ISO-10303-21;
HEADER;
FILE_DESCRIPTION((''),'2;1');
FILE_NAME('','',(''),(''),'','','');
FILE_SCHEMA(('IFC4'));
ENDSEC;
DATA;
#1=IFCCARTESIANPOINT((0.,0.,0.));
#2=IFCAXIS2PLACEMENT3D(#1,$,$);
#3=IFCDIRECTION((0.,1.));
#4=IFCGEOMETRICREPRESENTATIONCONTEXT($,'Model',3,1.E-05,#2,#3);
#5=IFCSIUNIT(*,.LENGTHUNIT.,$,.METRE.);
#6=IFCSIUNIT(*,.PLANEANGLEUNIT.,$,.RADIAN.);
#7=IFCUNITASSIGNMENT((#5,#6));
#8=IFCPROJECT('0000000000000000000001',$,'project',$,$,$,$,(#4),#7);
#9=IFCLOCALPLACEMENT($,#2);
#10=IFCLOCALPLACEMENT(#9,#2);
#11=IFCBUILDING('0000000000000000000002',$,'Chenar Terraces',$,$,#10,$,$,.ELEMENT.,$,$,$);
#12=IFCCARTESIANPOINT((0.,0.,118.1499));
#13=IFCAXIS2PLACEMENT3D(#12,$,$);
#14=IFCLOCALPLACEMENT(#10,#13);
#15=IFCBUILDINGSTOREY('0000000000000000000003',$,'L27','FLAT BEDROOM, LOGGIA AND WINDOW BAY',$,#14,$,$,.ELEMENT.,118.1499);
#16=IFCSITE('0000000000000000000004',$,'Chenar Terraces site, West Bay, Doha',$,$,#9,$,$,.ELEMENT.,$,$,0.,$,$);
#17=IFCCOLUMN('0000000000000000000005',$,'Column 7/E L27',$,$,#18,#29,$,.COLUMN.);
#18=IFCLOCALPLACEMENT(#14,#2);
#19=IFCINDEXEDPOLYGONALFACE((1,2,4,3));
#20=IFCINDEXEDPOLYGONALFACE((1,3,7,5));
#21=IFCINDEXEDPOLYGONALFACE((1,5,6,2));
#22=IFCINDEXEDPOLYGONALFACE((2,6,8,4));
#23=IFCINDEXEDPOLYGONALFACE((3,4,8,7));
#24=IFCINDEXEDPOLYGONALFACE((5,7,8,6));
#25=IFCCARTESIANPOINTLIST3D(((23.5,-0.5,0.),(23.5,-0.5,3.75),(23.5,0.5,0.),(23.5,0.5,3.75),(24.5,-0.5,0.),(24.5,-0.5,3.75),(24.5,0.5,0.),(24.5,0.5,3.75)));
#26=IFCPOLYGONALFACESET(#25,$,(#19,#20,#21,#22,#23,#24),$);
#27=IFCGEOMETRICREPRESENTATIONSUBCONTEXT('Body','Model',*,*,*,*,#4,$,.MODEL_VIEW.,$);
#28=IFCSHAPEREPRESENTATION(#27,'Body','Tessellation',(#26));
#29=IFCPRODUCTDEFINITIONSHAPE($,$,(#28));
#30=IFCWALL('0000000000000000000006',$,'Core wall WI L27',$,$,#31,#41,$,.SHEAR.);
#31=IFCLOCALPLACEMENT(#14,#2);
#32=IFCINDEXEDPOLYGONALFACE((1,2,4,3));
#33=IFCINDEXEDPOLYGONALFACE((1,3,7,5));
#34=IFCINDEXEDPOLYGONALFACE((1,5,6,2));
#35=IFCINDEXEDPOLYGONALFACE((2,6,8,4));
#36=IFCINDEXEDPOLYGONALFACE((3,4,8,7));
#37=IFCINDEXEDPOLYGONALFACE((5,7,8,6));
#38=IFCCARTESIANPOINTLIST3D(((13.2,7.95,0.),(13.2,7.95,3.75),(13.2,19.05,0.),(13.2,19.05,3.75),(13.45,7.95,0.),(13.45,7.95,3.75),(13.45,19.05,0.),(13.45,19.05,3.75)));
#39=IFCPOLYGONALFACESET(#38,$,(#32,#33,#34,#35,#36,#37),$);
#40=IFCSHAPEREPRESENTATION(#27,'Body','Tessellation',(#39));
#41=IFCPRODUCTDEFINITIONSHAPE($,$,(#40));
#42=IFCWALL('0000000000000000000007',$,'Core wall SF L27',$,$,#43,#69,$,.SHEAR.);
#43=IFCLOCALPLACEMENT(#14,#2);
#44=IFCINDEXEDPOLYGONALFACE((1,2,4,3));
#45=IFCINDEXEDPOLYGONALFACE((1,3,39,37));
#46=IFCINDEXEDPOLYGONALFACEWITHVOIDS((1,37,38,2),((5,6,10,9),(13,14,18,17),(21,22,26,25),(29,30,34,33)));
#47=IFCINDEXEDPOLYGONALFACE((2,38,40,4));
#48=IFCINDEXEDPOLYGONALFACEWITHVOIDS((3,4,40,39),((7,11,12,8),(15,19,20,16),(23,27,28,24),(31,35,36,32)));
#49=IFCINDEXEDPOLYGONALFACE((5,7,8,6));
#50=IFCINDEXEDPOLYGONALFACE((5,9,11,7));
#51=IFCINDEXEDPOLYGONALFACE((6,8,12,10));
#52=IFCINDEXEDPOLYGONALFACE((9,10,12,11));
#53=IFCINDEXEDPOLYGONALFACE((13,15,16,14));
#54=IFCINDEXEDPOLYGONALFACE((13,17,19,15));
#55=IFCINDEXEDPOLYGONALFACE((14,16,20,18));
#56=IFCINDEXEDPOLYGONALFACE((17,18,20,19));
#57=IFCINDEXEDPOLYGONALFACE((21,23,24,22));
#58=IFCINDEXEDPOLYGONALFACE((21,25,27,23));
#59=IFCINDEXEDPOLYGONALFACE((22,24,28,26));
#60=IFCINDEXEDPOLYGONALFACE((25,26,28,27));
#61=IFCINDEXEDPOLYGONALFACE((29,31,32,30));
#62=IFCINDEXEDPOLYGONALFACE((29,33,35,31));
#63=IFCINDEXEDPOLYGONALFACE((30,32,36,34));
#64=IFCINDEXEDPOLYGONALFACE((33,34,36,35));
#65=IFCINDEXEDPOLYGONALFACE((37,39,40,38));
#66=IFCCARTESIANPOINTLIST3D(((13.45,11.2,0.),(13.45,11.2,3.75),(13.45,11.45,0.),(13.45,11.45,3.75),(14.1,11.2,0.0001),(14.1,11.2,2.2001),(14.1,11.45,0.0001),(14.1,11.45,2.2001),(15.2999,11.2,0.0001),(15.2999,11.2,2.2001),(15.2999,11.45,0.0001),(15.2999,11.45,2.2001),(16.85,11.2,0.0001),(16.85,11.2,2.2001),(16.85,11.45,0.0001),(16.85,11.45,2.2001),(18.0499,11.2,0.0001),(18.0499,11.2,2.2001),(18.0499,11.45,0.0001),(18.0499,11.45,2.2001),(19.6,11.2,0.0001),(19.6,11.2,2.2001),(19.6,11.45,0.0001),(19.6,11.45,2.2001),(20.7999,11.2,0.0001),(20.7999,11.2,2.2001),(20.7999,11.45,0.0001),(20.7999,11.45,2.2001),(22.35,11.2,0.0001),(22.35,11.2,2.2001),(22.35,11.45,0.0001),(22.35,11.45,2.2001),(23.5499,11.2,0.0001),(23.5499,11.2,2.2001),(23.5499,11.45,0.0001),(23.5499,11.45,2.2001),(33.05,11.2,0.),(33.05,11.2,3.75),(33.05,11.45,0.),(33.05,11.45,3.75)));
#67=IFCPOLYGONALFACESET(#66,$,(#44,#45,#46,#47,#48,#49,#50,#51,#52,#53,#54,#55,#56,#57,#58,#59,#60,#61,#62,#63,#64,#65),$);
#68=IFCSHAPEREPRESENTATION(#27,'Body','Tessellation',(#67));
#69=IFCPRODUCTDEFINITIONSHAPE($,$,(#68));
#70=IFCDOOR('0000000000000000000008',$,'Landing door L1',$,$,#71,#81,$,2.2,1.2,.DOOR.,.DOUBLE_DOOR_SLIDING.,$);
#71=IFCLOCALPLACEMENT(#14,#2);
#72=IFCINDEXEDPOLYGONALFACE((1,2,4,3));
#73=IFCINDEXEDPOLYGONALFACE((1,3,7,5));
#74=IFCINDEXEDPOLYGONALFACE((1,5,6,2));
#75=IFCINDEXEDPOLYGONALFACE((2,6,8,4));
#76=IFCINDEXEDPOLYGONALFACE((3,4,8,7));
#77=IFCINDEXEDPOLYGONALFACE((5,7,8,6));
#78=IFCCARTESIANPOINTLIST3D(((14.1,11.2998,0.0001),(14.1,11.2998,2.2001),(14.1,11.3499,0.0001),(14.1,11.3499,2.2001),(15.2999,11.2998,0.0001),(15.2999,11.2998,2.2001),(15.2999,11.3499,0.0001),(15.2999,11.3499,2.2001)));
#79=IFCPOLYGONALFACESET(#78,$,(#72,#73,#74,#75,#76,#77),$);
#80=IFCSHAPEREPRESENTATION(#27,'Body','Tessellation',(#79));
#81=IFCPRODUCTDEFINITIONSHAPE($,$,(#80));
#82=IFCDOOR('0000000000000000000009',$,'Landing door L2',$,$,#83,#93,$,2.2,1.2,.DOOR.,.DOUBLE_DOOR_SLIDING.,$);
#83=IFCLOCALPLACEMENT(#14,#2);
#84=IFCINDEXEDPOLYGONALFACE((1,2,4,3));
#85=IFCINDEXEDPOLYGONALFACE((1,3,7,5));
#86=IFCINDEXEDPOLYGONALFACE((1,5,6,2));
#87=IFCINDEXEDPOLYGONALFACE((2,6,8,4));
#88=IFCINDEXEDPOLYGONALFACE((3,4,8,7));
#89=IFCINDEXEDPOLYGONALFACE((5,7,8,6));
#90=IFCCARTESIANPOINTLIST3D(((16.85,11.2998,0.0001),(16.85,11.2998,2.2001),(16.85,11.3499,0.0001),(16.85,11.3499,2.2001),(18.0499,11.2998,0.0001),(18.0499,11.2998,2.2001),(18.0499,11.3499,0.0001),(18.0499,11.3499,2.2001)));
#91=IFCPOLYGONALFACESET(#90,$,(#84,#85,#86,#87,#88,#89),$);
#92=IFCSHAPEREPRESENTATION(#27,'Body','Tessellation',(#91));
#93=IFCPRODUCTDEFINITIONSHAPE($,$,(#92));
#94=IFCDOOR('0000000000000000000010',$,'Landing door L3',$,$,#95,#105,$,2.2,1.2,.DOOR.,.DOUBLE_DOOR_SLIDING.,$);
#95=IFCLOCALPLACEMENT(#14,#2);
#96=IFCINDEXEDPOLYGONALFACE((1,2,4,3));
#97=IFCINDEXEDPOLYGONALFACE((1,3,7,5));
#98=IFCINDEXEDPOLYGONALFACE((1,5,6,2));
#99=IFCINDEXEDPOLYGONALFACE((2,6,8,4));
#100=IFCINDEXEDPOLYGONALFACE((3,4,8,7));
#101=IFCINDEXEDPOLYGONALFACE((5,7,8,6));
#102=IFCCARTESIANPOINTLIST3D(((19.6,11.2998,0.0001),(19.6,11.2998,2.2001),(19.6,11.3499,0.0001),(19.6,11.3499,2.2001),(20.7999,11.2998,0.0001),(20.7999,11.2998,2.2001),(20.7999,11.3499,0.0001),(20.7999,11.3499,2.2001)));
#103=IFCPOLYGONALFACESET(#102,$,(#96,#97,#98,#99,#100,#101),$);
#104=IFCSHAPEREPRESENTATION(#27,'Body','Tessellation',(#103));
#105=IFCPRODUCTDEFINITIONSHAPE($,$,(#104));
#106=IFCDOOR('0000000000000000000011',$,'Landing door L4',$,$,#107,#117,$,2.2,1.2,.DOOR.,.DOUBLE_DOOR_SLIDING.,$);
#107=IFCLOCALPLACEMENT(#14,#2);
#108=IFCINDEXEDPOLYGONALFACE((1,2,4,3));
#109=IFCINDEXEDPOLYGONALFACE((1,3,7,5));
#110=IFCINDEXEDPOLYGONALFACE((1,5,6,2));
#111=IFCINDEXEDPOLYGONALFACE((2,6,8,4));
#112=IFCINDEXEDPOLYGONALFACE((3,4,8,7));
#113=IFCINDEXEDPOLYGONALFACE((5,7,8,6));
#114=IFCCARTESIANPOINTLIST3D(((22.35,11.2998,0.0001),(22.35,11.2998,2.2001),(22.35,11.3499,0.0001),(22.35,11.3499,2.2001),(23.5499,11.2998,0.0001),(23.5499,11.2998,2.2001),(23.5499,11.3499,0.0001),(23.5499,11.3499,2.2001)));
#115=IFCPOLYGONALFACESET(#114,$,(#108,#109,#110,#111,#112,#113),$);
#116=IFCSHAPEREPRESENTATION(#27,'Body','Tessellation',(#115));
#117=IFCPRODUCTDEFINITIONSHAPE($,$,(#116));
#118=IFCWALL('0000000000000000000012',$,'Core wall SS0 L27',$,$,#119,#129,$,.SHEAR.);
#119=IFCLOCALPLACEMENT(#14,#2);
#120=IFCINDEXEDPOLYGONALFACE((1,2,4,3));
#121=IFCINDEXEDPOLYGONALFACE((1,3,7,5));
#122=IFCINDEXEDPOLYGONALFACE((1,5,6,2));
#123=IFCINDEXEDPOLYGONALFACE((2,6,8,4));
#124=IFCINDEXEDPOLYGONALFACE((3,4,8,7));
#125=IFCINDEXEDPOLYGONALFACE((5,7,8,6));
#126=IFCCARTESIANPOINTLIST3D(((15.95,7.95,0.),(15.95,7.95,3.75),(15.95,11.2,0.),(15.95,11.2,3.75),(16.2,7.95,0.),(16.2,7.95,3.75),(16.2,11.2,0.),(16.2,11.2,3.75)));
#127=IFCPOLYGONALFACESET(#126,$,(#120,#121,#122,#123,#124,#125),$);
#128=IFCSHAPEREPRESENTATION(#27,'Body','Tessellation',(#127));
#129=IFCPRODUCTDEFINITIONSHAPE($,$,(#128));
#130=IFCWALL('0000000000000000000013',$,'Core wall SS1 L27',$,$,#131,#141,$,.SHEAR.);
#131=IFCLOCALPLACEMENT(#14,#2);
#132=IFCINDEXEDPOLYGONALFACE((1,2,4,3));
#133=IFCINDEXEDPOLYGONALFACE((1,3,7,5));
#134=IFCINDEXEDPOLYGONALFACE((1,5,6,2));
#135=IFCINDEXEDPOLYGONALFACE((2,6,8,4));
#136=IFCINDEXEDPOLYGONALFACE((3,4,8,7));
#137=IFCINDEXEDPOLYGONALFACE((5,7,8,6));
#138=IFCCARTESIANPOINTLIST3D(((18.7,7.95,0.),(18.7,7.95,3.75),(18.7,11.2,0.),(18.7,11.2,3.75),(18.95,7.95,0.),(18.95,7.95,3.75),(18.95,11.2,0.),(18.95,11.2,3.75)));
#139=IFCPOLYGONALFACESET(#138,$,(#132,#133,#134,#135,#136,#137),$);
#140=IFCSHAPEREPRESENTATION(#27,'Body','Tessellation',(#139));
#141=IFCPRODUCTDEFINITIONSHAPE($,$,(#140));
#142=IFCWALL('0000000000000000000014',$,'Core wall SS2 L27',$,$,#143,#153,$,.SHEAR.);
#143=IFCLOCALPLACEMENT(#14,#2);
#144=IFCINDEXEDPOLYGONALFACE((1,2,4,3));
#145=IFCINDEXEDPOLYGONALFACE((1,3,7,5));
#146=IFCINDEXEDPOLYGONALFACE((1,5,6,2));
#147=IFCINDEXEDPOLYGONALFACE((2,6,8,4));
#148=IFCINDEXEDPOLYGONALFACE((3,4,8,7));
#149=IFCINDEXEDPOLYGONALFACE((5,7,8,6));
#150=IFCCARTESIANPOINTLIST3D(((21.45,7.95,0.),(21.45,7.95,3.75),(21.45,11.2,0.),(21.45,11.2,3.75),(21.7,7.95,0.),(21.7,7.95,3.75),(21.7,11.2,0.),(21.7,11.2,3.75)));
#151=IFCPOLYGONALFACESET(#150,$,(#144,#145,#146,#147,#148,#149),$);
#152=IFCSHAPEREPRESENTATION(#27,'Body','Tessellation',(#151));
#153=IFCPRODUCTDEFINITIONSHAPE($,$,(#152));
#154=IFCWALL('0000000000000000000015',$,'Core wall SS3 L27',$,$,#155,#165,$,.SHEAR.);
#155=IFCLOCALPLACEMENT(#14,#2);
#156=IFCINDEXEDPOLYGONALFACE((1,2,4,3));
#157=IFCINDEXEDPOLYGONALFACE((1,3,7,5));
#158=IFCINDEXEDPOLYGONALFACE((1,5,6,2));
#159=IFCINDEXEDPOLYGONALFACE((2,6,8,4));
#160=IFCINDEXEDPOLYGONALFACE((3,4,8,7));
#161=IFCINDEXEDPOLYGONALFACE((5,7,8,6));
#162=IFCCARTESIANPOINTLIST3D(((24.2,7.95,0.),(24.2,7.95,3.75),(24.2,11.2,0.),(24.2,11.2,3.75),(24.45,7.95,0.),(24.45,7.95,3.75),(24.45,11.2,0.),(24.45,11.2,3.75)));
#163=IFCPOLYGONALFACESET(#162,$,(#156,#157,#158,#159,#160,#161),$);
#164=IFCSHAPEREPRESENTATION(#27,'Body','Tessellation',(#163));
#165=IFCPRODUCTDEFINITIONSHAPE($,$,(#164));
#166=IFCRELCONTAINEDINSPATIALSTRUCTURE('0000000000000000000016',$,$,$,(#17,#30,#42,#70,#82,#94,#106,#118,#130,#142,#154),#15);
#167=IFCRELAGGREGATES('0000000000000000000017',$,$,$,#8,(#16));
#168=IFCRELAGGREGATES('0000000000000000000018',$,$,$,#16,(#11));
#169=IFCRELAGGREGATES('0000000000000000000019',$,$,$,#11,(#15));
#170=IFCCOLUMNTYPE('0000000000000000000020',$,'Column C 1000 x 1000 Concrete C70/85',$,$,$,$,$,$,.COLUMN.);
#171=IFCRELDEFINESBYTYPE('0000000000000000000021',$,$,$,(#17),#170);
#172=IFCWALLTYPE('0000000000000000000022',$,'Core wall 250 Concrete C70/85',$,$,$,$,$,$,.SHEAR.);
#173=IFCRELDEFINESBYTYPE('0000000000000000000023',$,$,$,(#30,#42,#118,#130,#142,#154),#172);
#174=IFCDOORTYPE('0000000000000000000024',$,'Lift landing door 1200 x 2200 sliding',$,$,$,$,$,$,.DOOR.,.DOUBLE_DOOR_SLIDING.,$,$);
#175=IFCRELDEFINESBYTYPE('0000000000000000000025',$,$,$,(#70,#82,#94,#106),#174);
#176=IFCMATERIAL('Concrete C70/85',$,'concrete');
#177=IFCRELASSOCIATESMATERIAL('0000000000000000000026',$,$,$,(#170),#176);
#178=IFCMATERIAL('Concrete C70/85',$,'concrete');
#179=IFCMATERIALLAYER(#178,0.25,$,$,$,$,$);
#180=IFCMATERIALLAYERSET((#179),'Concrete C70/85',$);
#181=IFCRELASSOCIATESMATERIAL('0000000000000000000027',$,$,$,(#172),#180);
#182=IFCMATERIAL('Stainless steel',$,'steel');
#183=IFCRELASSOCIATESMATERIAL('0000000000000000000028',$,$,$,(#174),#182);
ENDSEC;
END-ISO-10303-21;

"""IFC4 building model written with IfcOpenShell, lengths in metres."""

from ifc_helpers import new_model, si_unit, direction, frame, frame_2d, origin, origin_2d, place, context, subcontext, project, spatial, rectangle, extrude, material, layer, layer_set, material_profile, profile_set, type_object, element, fill, save


model = new_model("IFC4")

# Units and contexts
model_context = context("Model", 3, precision=1e-05, world=origin(), true_north=direction((0.0, 1.0)))
body_context = subcontext(model_context, "Body", "Model", "MODEL_VIEW")
ifc_project = project(units=[si_unit("LENGTHUNIT", "METRE"), si_unit("PLANEANGLEUNIT", "RADIAN")], contexts=[model_context])

# Site, building, storey
site_placement = place(None, origin())
site = spatial("IfcSite", under=ifc_project, at=site_placement, Name="Chenar Terraces site, West Bay, Doha", CompositionType="ELEMENT", RefElevation=0.0)
building_placement = place(site_placement, origin())
building = spatial("IfcBuilding", under=site, at=building_placement, Name="Chenar Terraces", CompositionType="ELEMENT")
storey_placement = place(building_placement, frame((0.0, 0.0, 118.1499)))
storey = spatial("IfcBuildingStorey", under=building, at=storey_placement, Name="L27", Description="FLAT BEDROOM, LOGGIA AND WINDOW BAY", CompositionType="ELEMENT", Elevation=118.1499)

# Column
ifc_material_1 = material(Name="Concrete C70/85", Category="concrete")
ifc_material_profile = material_profile(ifc_material_1, rectangle(XDim=1.0, YDim=1.0, at=origin_2d()), Name="C 1000 x 1000")
ifc_profile_set = profile_set([ifc_material_profile], Name="Concrete C70/85")
column_type = type_object("IfcColumnType", Name="Column C 1000 x 1000 Concrete C70/85", PredefinedType="COLUMN", material=ifc_profile_set)
column_placement = place(storey_placement, frame((24.0, 0.0, 0.0), z_axis=(0.0, 0.0, 1.0), x_axis=(1.0, 0.0, 0.0)))
element("IfcColumn", 1, at=column_placement, inside=storey, type_object=column_type, Name="Column 7/E L27", PredefinedType="COLUMN", context=body_context, shape_type="SweptSolid", body=[
    extrude(rectangle(XDim=1.0, YDim=1.0, at=origin_2d()), origin(), (0.0, 0.0, 1.0), 3.75),
])

# Wall
ifc_material_2 = material(Name="Concrete C70/85", Category="concrete")
ifc_layer_1 = layer(ifc_material_2, 0.25)
ifc_layer_set_1 = layer_set([ifc_layer_1], Name="Concrete C70/85")
wall_type_1 = type_object("IfcWallType", Name="Core wall 250 Concrete C70/85", PredefinedType="SHEAR", material=ifc_layer_set_1)
wall_1_placement = place(storey_placement, frame((13.325, 7.95, 0.0), z_axis=(0.0, 0.0, 1.0), x_axis=(0.0, 1.0, 0.0)))
element("IfcWall", 2, at=wall_1_placement, inside=storey, type_object=wall_type_1, Name="Core wall WI L27", PredefinedType="SHEAR", context=body_context, shape_type="SweptSolid", body=[
    extrude(rectangle(XDim=11.1001, YDim=0.25, at=frame_2d((5.55, 0.0))), origin(), (0.0, 0.0, 1.0), 3.75),
])

# Wall, openings, doors
wall_2_placement = place(storey_placement, frame((13.45, 11.325, 0.0), z_axis=(0.0, 0.0, 1.0), x_axis=(1.0, 0.0, 0.0)))
wall_2 = element("IfcWall", 3, at=wall_2_placement, inside=storey, type_object=wall_type_1, Name="Core wall SF L27", PredefinedType="SHEAR", context=body_context, shape_type="SweptSolid", body=[
    extrude(rectangle(XDim=19.6001, YDim=0.25, at=frame_2d((9.8, 0.0))), origin(), (0.0, 0.0, 1.0), 3.75),
])
opening_1_placement = place(wall_2_placement, frame((0.6499, 0.0, 0.0)))
opening_1 = element("IfcOpeningElement", 4, at=opening_1_placement, cuts=wall_2, PredefinedType="OPENING", context=body_context, shape_type="SweptSolid", body=[
    extrude(rectangle(XDim=1.2, YDim=2.2, at=frame_2d((0.6001, 1.1001))), frame((0.0, 0.135, 0.0), z_axis=(0.0, -1.0, 0.0), x_axis=(1.0, 0.0, 0.0)), (0.0, 0.0, 1.0), 0.27),
])
opening_2_placement = place(wall_2_placement, frame((3.3999, 0.0, 0.0)))
opening_2 = element("IfcOpeningElement", 5, at=opening_2_placement, cuts=wall_2, PredefinedType="OPENING", context=body_context, shape_type="SweptSolid", body=[
    extrude(rectangle(XDim=1.2, YDim=2.2, at=frame_2d((0.6001, 1.1001))), frame((0.0, 0.135, 0.0), z_axis=(0.0, -1.0, 0.0), x_axis=(1.0, 0.0, 0.0)), (0.0, 0.0, 1.0), 0.27),
])
opening_3_placement = place(wall_2_placement, frame((6.1499, 0.0, 0.0)))
opening_3 = element("IfcOpeningElement", 6, at=opening_3_placement, cuts=wall_2, PredefinedType="OPENING", context=body_context, shape_type="SweptSolid", body=[
    extrude(rectangle(XDim=1.2, YDim=2.2, at=frame_2d((0.6001, 1.1001))), frame((0.0, 0.135, 0.0), z_axis=(0.0, -1.0, 0.0), x_axis=(1.0, 0.0, 0.0)), (0.0, 0.0, 1.0), 0.27),
])
opening_4_placement = place(wall_2_placement, frame((8.8999, 0.0, 0.0)))
opening_4 = element("IfcOpeningElement", 7, at=opening_4_placement, cuts=wall_2, PredefinedType="OPENING", context=body_context, shape_type="SweptSolid", body=[
    extrude(rectangle(XDim=1.2, YDim=2.2, at=frame_2d((0.6001, 1.1001))), frame((0.0, 0.135, 0.0), z_axis=(0.0, -1.0, 0.0), x_axis=(1.0, 0.0, 0.0)), (0.0, 0.0, 1.0), 0.27),
])
ifc_material_3 = material(Name="Stainless steel", Category="steel")
door_type_1 = type_object("IfcDoorType", Name="Lift landing door 1200 x 2200 sliding", OperationType="DOUBLE_DOOR_SLIDING", PredefinedType="DOOR", material=ifc_material_3)
door_1_placement = place(opening_1_placement, origin())
door_1 = element("IfcDoor", 8, at=door_1_placement, inside=storey, type_object=door_type_1, Name="Landing door L1", OperationType="DOUBLE_DOOR_SLIDING", OverallHeight=2.2, OverallWidth=1.2, PredefinedType="DOOR", context=body_context, shape_type="SweptSolid", body=[
    extrude(rectangle(XDim=1.2, YDim=2.2, at=frame_2d((0.6001, 1.1001))), frame((0.0, 0.0249, 0.0), z_axis=(0.0, -1.0, 0.0), x_axis=(1.0, 0.0, 0.0)), (0.0, 0.0, 1.0), 0.05),
])
fill(opening_1, door_1)
door_2_placement = place(opening_2_placement, origin())
door_2 = element("IfcDoor", 9, at=door_2_placement, inside=storey, type_object=door_type_1, Name="Landing door L2", OperationType="DOUBLE_DOOR_SLIDING", OverallHeight=2.2, OverallWidth=1.2, PredefinedType="DOOR", context=body_context, shape_type="SweptSolid", body=[
    extrude(rectangle(XDim=1.2, YDim=2.2, at=frame_2d((0.6001, 1.1001))), frame((0.0, 0.0249, 0.0), z_axis=(0.0, -1.0, 0.0), x_axis=(1.0, 0.0, 0.0)), (0.0, 0.0, 1.0), 0.05),
])
fill(opening_2, door_2)
door_3_placement = place(opening_3_placement, origin())
door_3 = element("IfcDoor", 10, at=door_3_placement, inside=storey, type_object=door_type_1, Name="Landing door L3", OperationType="DOUBLE_DOOR_SLIDING", OverallHeight=2.2, OverallWidth=1.2, PredefinedType="DOOR", context=body_context, shape_type="SweptSolid", body=[
    extrude(rectangle(XDim=1.2, YDim=2.2, at=frame_2d((0.6001, 1.1001))), frame((0.0, 0.0249, 0.0), z_axis=(0.0, -1.0, 0.0), x_axis=(1.0, 0.0, 0.0)), (0.0, 0.0, 1.0), 0.05),
])
fill(opening_3, door_3)
door_4_placement = place(opening_4_placement, origin())
door_4 = element("IfcDoor", 11, at=door_4_placement, inside=storey, type_object=door_type_1, Name="Landing door L4", OperationType="DOUBLE_DOOR_SLIDING", OverallHeight=2.2, OverallWidth=1.2, PredefinedType="DOOR", context=body_context, shape_type="SweptSolid", body=[
    extrude(rectangle(XDim=1.2, YDim=2.2, at=frame_2d((0.6001, 1.1001))), frame((0.0, 0.0249, 0.0), z_axis=(0.0, -1.0, 0.0), x_axis=(1.0, 0.0, 0.0)), (0.0, 0.0, 1.0), 0.05),
])
fill(opening_4, door_4)

# Walls
for number, where, z_axis, x_axis, name in (
    (12, (16.075, 7.95, 0.0), (0.0, 0.0, 1.0), (0.0, 1.0, 0.0), "Core wall SS0 L27"),
    (13, (18.825, 7.95, 0.0), (0.0, 0.0, 1.0), (0.0, 1.0, 0.0), "Core wall SS1 L27"),
    (14, (21.575, 7.95, 0.0), (0.0, 0.0, 1.0), (0.0, 1.0, 0.0), "Core wall SS2 L27"),
    (15, (24.325, 7.95, 0.0), (0.0, 0.0, 1.0), (0.0, 1.0, 0.0), "Core wall SS3 L27"),
):
    element("IfcWall", number, at=place(storey_placement, frame(where, z_axis=z_axis, x_axis=x_axis)), inside=storey, type_object=wall_type_1, Name=name, PredefinedType="SHEAR", context=body_context, shape_type="SweptSolid", body=[
        extrude(rectangle(XDim=3.25, YDim=0.25, at=frame_2d((1.625, 0.0))), origin(), (0.0, 0.0, 1.0), 3.75),
    ])

save(model, "model.ifc")
